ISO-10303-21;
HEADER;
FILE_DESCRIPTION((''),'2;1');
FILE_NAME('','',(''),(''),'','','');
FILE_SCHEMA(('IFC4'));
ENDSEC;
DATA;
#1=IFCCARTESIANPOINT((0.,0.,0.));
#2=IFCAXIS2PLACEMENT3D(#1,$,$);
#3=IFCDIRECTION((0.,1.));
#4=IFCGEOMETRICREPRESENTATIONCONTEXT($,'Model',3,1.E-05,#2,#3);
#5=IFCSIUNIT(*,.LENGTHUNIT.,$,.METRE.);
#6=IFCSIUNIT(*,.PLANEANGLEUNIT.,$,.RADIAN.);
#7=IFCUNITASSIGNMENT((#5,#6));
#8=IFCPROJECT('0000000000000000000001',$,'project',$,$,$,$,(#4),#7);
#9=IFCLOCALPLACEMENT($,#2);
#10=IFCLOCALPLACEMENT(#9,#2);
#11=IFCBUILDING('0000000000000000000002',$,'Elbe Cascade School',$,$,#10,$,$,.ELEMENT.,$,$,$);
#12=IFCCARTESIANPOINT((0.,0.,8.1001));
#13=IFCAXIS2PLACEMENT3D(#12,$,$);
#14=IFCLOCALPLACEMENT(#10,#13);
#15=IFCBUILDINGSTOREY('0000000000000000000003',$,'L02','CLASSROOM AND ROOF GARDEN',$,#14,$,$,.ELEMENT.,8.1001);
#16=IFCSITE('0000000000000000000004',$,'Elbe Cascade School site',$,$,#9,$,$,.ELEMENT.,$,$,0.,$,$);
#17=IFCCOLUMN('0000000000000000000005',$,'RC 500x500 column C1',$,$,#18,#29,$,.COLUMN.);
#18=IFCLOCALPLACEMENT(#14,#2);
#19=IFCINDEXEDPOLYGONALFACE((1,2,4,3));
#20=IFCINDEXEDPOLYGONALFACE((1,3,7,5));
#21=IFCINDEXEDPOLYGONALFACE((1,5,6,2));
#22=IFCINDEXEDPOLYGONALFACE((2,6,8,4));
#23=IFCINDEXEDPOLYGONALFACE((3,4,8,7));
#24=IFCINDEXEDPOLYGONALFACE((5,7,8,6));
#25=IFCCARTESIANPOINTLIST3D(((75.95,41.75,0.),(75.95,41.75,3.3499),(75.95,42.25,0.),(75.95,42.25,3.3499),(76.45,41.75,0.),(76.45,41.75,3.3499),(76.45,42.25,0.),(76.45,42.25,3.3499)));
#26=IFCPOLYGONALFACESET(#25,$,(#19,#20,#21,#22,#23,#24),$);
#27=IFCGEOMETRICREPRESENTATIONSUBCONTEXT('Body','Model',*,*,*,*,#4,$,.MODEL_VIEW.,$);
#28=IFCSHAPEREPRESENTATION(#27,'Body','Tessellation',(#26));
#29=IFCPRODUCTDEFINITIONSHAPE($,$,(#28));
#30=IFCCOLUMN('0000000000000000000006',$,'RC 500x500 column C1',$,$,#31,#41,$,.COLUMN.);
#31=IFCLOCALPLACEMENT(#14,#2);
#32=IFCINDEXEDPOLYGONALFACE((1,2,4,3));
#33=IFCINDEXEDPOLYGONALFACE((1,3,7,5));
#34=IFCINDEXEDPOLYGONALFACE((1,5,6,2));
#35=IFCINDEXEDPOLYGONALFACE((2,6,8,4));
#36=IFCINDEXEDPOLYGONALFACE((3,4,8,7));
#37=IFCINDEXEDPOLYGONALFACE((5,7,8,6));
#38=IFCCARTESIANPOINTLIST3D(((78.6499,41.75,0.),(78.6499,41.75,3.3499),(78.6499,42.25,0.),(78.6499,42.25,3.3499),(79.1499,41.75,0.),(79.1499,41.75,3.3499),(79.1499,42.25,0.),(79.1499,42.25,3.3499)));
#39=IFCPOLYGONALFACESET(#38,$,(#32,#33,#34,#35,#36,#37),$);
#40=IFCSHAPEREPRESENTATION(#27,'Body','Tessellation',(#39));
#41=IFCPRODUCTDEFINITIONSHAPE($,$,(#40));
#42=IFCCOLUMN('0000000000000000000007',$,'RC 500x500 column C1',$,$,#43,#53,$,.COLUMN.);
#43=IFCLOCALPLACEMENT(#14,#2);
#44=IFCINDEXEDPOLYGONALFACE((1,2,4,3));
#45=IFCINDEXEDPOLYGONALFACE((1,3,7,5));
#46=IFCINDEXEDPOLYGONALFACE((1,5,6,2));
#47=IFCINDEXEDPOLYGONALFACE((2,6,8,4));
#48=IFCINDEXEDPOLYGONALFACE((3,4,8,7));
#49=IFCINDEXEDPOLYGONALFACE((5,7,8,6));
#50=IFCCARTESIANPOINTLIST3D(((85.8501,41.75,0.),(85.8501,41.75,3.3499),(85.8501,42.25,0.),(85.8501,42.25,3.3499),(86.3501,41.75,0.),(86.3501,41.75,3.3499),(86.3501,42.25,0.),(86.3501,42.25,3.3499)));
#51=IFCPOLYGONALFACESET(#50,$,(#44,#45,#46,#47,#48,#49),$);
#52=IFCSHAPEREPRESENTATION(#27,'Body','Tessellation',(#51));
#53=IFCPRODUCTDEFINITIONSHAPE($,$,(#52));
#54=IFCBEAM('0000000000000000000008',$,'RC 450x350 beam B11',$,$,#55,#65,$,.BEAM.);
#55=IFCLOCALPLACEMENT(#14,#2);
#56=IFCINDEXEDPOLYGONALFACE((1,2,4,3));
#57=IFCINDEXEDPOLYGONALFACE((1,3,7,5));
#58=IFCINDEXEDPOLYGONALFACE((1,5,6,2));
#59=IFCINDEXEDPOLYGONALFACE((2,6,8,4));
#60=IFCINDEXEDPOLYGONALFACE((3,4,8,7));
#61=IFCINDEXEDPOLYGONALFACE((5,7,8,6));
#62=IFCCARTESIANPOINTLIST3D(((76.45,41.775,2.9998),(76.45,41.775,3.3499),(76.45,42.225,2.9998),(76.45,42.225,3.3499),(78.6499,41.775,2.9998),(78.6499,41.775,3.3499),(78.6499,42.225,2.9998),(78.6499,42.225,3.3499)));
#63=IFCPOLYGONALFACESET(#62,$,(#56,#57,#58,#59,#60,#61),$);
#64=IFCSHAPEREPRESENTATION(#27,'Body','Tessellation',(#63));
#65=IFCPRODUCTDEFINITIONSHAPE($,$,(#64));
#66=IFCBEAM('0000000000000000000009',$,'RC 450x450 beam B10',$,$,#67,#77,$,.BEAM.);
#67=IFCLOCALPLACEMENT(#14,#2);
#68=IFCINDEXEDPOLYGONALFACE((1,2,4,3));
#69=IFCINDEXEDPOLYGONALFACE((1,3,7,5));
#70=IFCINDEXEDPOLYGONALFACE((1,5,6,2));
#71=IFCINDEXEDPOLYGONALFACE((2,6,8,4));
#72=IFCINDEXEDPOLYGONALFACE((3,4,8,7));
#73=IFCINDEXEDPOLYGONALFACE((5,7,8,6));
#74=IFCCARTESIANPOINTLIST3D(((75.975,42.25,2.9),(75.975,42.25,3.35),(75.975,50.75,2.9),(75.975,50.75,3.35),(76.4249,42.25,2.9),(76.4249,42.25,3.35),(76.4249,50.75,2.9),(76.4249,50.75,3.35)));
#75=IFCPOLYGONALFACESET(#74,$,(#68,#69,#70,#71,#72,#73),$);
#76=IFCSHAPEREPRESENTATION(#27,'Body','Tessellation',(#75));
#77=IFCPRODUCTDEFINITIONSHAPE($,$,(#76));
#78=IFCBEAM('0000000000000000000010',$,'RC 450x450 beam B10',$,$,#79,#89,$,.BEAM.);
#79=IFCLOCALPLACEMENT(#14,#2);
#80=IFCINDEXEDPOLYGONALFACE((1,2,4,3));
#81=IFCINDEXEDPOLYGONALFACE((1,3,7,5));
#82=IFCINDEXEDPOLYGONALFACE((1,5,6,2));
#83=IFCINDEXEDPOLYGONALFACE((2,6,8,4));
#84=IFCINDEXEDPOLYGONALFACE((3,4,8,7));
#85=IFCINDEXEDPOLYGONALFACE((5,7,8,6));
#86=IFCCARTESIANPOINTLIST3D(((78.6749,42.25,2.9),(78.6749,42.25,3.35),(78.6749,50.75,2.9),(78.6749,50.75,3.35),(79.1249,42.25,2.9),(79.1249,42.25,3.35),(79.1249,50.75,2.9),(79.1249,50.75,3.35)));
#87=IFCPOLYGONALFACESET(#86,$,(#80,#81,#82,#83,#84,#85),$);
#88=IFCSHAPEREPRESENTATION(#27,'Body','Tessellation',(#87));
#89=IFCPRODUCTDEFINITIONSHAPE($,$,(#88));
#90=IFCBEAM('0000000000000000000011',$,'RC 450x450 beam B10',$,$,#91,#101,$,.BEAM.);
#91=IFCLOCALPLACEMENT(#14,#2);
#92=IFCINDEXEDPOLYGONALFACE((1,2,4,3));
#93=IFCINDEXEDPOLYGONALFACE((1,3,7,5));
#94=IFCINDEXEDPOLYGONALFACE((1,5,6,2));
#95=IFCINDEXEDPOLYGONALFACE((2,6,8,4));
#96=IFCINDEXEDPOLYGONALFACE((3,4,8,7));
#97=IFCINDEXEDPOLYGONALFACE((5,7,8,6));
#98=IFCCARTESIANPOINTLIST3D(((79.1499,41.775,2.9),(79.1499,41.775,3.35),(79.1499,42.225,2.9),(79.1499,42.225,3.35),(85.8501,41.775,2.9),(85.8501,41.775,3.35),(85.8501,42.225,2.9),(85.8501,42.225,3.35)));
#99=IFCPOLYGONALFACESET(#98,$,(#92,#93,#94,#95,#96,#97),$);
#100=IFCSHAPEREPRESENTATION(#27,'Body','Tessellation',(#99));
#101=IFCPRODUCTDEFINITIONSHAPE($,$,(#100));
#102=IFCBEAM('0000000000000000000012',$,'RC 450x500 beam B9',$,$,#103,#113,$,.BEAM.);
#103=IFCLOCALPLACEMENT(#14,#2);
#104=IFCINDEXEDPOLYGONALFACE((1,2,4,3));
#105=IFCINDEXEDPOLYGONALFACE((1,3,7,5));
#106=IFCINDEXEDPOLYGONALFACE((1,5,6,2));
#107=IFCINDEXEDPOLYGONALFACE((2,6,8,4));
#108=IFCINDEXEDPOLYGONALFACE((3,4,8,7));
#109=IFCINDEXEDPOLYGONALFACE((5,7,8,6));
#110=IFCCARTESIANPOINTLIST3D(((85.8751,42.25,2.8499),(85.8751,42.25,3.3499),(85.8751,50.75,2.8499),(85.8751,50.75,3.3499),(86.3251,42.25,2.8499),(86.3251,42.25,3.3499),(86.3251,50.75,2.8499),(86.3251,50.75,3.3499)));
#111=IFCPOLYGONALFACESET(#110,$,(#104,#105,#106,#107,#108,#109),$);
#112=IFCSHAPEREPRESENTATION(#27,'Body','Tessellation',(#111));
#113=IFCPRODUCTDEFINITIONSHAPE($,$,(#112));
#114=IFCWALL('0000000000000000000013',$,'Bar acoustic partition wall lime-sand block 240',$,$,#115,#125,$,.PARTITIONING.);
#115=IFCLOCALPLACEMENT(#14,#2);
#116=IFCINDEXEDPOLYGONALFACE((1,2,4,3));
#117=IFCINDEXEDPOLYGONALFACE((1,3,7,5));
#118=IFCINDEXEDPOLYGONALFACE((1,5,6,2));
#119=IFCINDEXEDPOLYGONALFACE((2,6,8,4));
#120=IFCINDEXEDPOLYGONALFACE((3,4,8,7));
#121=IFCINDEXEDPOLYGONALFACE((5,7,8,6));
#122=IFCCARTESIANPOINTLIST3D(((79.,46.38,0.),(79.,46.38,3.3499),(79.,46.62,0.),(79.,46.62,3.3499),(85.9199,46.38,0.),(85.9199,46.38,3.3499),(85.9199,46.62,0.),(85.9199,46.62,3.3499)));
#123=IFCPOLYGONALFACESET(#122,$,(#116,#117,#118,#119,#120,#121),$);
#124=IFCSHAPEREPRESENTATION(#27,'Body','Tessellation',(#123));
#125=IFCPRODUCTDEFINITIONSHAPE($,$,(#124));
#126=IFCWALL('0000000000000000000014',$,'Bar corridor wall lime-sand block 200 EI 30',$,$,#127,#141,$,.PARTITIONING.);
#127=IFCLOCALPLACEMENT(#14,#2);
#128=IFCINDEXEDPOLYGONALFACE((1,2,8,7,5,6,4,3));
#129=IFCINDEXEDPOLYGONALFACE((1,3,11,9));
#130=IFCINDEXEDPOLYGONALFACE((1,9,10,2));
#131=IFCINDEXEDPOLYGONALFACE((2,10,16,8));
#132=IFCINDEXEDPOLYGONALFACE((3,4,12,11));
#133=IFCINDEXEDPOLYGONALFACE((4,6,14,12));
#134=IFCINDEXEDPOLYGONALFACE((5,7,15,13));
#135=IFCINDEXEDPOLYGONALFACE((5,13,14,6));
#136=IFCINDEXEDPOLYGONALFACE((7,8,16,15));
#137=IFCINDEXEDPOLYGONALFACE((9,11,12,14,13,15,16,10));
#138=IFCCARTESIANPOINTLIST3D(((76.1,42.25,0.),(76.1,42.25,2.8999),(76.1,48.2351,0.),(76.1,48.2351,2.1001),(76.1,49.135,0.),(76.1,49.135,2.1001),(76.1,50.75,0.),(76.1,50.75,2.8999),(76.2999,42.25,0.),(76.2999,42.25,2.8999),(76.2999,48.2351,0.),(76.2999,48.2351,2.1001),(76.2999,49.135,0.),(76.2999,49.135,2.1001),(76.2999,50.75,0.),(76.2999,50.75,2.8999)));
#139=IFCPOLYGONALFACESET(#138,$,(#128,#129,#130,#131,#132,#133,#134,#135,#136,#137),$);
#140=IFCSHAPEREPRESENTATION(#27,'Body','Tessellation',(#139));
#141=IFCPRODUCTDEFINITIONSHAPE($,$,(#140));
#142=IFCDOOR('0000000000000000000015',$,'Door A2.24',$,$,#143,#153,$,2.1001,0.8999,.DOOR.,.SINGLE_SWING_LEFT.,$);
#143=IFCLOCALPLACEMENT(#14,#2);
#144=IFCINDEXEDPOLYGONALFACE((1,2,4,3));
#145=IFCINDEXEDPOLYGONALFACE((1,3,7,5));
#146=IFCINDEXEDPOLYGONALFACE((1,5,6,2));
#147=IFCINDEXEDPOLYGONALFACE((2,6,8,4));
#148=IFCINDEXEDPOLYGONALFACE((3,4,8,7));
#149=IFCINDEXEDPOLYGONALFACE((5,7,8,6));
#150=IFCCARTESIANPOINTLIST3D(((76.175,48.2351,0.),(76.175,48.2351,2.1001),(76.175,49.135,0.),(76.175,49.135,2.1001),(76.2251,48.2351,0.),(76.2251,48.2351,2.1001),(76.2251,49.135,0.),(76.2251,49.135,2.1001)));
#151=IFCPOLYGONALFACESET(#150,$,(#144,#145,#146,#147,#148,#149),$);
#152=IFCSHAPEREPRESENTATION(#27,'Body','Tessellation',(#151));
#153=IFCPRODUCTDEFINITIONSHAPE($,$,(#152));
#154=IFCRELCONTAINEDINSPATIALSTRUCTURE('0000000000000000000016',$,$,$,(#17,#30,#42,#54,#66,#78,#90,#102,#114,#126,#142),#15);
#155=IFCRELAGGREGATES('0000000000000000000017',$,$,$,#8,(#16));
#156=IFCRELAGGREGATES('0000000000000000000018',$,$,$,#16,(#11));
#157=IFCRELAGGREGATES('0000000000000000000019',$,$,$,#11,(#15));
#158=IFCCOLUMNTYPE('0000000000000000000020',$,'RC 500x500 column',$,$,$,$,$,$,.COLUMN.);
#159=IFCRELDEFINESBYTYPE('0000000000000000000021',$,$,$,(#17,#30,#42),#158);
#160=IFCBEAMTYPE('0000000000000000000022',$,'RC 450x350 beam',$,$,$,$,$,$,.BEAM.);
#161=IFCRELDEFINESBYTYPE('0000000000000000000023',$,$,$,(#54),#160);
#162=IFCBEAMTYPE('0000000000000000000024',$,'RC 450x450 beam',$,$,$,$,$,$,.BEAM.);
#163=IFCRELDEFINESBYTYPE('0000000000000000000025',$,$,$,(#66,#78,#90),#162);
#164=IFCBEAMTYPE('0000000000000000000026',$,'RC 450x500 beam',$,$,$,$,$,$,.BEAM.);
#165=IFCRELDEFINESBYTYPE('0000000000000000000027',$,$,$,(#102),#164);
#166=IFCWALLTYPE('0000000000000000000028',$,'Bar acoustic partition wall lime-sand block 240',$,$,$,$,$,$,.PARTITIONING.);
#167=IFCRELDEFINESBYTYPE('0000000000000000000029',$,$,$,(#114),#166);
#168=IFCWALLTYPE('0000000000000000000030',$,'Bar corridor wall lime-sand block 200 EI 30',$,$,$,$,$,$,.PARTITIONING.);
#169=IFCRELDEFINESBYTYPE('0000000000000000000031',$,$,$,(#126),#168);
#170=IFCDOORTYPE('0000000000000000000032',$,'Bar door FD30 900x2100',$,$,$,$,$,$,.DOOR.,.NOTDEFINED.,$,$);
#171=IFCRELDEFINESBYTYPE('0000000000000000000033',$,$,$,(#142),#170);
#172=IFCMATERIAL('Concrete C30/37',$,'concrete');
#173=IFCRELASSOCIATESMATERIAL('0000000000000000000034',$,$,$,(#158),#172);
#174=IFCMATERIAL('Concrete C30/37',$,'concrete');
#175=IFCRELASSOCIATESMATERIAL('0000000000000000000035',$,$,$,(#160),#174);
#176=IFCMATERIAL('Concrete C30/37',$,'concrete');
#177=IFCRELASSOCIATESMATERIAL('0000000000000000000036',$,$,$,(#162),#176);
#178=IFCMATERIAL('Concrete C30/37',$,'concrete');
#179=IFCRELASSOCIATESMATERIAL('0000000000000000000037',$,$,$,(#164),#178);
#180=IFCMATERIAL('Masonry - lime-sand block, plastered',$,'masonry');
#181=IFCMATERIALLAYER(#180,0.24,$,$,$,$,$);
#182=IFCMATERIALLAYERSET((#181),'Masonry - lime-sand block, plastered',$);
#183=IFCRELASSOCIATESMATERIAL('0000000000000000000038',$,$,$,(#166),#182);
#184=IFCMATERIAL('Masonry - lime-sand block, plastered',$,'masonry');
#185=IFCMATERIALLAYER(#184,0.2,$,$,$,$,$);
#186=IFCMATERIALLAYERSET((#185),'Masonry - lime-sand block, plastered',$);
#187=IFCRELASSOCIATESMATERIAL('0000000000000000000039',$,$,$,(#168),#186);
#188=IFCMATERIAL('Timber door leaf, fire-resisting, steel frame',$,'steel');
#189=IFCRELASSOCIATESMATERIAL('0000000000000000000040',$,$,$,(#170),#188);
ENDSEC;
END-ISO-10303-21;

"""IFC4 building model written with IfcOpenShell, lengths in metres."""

from ifc_helpers import new_model, si_unit, direction, frame, frame_2d, origin, origin_2d, place, context, subcontext, project, spatial, rectangle, extrude, material, layer, layer_set, material_profile, profile_set, type_object, element, fill, save


model = new_model("IFC4")

# Units and contexts
model_context = context("Model", 3, precision=1e-05, world=origin(), true_north=direction((0.0, 1.0)))
body_context = subcontext(model_context, "Body", "Model", "MODEL_VIEW")
ifc_project = project(units=[si_unit("LENGTHUNIT", "METRE"), si_unit("PLANEANGLEUNIT", "RADIAN")], contexts=[model_context])

# Site, building, storey
site_placement = place(None, origin())
site = spatial("IfcSite", under=ifc_project, at=site_placement, Name="Elbe Cascade School site", CompositionType="ELEMENT", RefElevation=0.0)
building_placement = place(site_placement, origin())
building = spatial("IfcBuilding", under=site, at=building_placement, Name="Elbe Cascade School", CompositionType="ELEMENT")
storey_placement = place(building_placement, frame((0.0, 0.0, 8.1001)))
storey = spatial("IfcBuildingStorey", under=building, at=storey_placement, Name="L02", Description="CLASSROOM AND ROOF GARDEN", CompositionType="ELEMENT", Elevation=8.1001)

# Columns
ifc_material_1 = material(Name="Concrete C30/37", Category="concrete")
ifc_material_profile_1 = material_profile(ifc_material_1, rectangle(XDim=0.5, YDim=0.5, at=origin_2d()), Name="RC 500x500")
ifc_profile_set_1 = profile_set([ifc_material_profile_1], Name="Concrete C30/37")
column_type = type_object("IfcColumnType", Name="RC 500x500 column", PredefinedType="COLUMN", material=ifc_profile_set_1)
for number, where, z_axis, x_axis, name in (
    (1, (76.2, 42.0, 0.0), (0.0, 0.0, 1.0), (1.0, 0.0, 0.0), "RC 500x500 column C1"),
    (2, (78.8999, 42.0, 0.0), (0.0, 0.0, 1.0), (1.0, 0.0, 0.0), "RC 500x500 column C1"),
    (3, (86.1001, 42.0, 0.0), (0.0, 0.0, 1.0), (1.0, 0.0, 0.0), "RC 500x500 column C1"),
):
    element("IfcColumn", number, at=place(storey_placement, frame(where, z_axis=z_axis, x_axis=x_axis)), inside=storey, type_object=column_type, Name=name, PredefinedType="COLUMN", context=body_context, shape_type="SweptSolid", body=[
        extrude(rectangle(XDim=0.5, YDim=0.5, at=origin_2d()), origin(), (0.0, 0.0, 1.0), 3.3499),
    ])

# Beams
ifc_material_2 = material(Name="Concrete C30/37", Category="concrete")
ifc_material_profile_2 = material_profile(ifc_material_2, rectangle(XDim=0.45, YDim=0.3501, at=origin_2d()), Name="RC 450x350")
ifc_profile_set_2 = profile_set([ifc_material_profile_2], Name="Concrete C30/37")
beam_type_1 = type_object("IfcBeamType", Name="RC 450x350 beam", PredefinedType="BEAM", material=ifc_profile_set_2)
beam_1_placement = place(storey_placement, frame((76.45, 42.0, 3.1748), z_axis=(1.0, 0.0, 0.0), x_axis=(0.0, 1.0, 0.0)))
element("IfcBeam", 4, at=beam_1_placement, inside=storey, type_object=beam_type_1, Name="RC 450x350 beam B11", PredefinedType="BEAM", context=body_context, shape_type="SweptSolid", body=[
    extrude(rectangle(XDim=0.45, YDim=0.3501, at=origin_2d()), origin(), (0.0, 0.0, 1.0), 2.2),
])
ifc_material_3 = material(Name="Concrete C30/37", Category="concrete")
ifc_material_profile_3 = material_profile(ifc_material_3, rectangle(XDim=0.45, YDim=0.45, at=origin_2d()), Name="RC 450x450")
ifc_profile_set_3 = profile_set([ifc_material_profile_3], Name="Concrete C30/37")
beam_type_2 = type_object("IfcBeamType", Name="RC 450x450 beam", PredefinedType="BEAM", material=ifc_profile_set_3)
for number, where, z_axis, x_axis, name in (
    (5, (76.2, 42.25, 3.125), (0.0, 1.0, 0.0), (-1.0, 0.0, 0.0), "RC 450x450 beam B10"),
    (6, (78.8999, 42.25, 3.125), (0.0, 1.0, 0.0), (-1.0, 0.0, 0.0), "RC 450x450 beam B10"),
):
    element("IfcBeam", number, at=place(storey_placement, frame(where, z_axis=z_axis, x_axis=x_axis)), inside=storey, type_object=beam_type_2, Name=name, PredefinedType="BEAM", context=body_context, shape_type="SweptSolid", body=[
        extrude(rectangle(XDim=0.45, YDim=0.45, at=origin_2d()), origin(), (0.0, 0.0, 1.0), 8.5),
    ])
beam_2_placement = place(storey_placement, frame((79.1499, 42.0, 3.125), z_axis=(1.0, 0.0, 0.0), x_axis=(0.0, 1.0, 0.0)))
element("IfcBeam", 7, at=beam_2_placement, inside=storey, type_object=beam_type_2, Name="RC 450x450 beam B10", PredefinedType="BEAM", context=body_context, shape_type="SweptSolid", body=[
    extrude(rectangle(XDim=0.45, YDim=0.45, at=origin_2d()), origin(), (0.0, 0.0, 1.0), 6.7002),
])
ifc_material_4 = material(Name="Concrete C30/37", Category="concrete")
ifc_material_profile_4 = material_profile(ifc_material_4, rectangle(XDim=0.45, YDim=0.5, at=origin_2d()), Name="RC 450x500")
ifc_profile_set_4 = profile_set([ifc_material_profile_4], Name="Concrete C30/37")
beam_type_3 = type_object("IfcBeamType", Name="RC 450x500 beam", PredefinedType="BEAM", material=ifc_profile_set_4)
beam_3_placement = place(storey_placement, frame((86.1001, 42.25, 3.0999), z_axis=(0.0, 1.0, 0.0), x_axis=(-1.0, 0.0, 0.0)))
element("IfcBeam", 8, at=beam_3_placement, inside=storey, type_object=beam_type_3, Name="RC 450x500 beam B9", PredefinedType="BEAM", context=body_context, shape_type="SweptSolid", body=[
    extrude(rectangle(XDim=0.45, YDim=0.5, at=origin_2d()), origin(), (0.0, 0.0, 1.0), 8.5),
])

# Wall
ifc_material_5 = material(Name="Masonry - lime-sand block, plastered", Category="masonry")
ifc_layer_1 = layer(ifc_material_5, 0.24)
ifc_layer_set_1 = layer_set([ifc_layer_1], Name="Masonry - lime-sand block, plastered")
wall_type_1 = type_object("IfcWallType", Name="Bar acoustic partition wall lime-sand block 240", PredefinedType="PARTITIONING", material=ifc_layer_set_1)
wall_1_placement = place(storey_placement, frame((79.0, 46.5, 0.0), z_axis=(0.0, 0.0, 1.0), x_axis=(1.0, 0.0, 0.0)))
element("IfcWall", 9, at=wall_1_placement, inside=storey, type_object=wall_type_1, Name="Bar acoustic partition wall lime-sand block 240", PredefinedType="PARTITIONING", context=body_context, shape_type="SweptSolid", body=[
    extrude(rectangle(XDim=6.9199, YDim=0.24, at=frame_2d((3.46, 0.0))), origin(), (0.0, 0.0, 1.0), 3.3499),
])

# Wall, opening, door
ifc_material_6 = material(Name="Masonry - lime-sand block, plastered", Category="masonry")
ifc_layer_2 = layer(ifc_material_6, 0.2)
ifc_layer_set_2 = layer_set([ifc_layer_2], Name="Masonry - lime-sand block, plastered")
wall_type_2 = type_object("IfcWallType", Name="Bar corridor wall lime-sand block 200 EI 30", PredefinedType="PARTITIONING", material=ifc_layer_set_2)
wall_2_placement = place(storey_placement, frame((76.2, 42.25, 0.0), z_axis=(0.0, 0.0, 1.0), x_axis=(0.0, 1.0, 0.0)))
wall_2 = element("IfcWall", 10, at=wall_2_placement, inside=storey, type_object=wall_type_2, Name="Bar corridor wall lime-sand block 200 EI 30", PredefinedType="PARTITIONING", context=body_context, shape_type="SweptSolid", body=[
    extrude(rectangle(XDim=8.5, YDim=0.2, at=frame_2d((4.25, 0.0))), origin(), (0.0, 0.0, 1.0), 2.8999),
])
opening_1_placement = place(wall_2_placement, frame((5.9851, 0.0, 0.0)))
opening_1 = element("IfcOpeningElement", 11, at=opening_1_placement, cuts=wall_2, PredefinedType="OPENING", context=body_context, shape_type="SweptSolid", body=[
    extrude(rectangle(XDim=0.8999, YDim=2.1001, at=frame_2d((0.45, 1.05))), frame((0.0, 0.1099, 0.0), z_axis=(0.0, -1.0, 0.0), x_axis=(1.0, 0.0, 0.0)), (0.0, 0.0, 1.0), 0.22),
])
ifc_material_7 = material(Name="Timber door leaf, fire-resisting, steel frame", Category="steel")
door_type_1 = type_object("IfcDoorType", Name="Bar door FD30 900x2100", OperationType="NOTDEFINED", PredefinedType="DOOR", material=ifc_material_7)
door_1_placement = place(opening_1_placement, origin())
door_1 = element("IfcDoor", 12, at=door_1_placement, inside=storey, type_object=door_type_1, Name="Door A2.24", OperationType="SINGLE_SWING_LEFT", OverallHeight=2.1001, OverallWidth=0.8999, PredefinedType="DOOR", context=body_context, shape_type="SweptSolid", body=[
    extrude(rectangle(XDim=0.8999, YDim=2.1001, at=frame_2d((0.45, 1.05))), frame((0.0, 0.0249, 0.0), z_axis=(0.0, -1.0, 0.0), x_axis=(1.0, 0.0, 0.0)), (0.0, 0.0, 1.0), 0.05),
])
fill(opening_1, door_1)

save(model, "model.ifc")
